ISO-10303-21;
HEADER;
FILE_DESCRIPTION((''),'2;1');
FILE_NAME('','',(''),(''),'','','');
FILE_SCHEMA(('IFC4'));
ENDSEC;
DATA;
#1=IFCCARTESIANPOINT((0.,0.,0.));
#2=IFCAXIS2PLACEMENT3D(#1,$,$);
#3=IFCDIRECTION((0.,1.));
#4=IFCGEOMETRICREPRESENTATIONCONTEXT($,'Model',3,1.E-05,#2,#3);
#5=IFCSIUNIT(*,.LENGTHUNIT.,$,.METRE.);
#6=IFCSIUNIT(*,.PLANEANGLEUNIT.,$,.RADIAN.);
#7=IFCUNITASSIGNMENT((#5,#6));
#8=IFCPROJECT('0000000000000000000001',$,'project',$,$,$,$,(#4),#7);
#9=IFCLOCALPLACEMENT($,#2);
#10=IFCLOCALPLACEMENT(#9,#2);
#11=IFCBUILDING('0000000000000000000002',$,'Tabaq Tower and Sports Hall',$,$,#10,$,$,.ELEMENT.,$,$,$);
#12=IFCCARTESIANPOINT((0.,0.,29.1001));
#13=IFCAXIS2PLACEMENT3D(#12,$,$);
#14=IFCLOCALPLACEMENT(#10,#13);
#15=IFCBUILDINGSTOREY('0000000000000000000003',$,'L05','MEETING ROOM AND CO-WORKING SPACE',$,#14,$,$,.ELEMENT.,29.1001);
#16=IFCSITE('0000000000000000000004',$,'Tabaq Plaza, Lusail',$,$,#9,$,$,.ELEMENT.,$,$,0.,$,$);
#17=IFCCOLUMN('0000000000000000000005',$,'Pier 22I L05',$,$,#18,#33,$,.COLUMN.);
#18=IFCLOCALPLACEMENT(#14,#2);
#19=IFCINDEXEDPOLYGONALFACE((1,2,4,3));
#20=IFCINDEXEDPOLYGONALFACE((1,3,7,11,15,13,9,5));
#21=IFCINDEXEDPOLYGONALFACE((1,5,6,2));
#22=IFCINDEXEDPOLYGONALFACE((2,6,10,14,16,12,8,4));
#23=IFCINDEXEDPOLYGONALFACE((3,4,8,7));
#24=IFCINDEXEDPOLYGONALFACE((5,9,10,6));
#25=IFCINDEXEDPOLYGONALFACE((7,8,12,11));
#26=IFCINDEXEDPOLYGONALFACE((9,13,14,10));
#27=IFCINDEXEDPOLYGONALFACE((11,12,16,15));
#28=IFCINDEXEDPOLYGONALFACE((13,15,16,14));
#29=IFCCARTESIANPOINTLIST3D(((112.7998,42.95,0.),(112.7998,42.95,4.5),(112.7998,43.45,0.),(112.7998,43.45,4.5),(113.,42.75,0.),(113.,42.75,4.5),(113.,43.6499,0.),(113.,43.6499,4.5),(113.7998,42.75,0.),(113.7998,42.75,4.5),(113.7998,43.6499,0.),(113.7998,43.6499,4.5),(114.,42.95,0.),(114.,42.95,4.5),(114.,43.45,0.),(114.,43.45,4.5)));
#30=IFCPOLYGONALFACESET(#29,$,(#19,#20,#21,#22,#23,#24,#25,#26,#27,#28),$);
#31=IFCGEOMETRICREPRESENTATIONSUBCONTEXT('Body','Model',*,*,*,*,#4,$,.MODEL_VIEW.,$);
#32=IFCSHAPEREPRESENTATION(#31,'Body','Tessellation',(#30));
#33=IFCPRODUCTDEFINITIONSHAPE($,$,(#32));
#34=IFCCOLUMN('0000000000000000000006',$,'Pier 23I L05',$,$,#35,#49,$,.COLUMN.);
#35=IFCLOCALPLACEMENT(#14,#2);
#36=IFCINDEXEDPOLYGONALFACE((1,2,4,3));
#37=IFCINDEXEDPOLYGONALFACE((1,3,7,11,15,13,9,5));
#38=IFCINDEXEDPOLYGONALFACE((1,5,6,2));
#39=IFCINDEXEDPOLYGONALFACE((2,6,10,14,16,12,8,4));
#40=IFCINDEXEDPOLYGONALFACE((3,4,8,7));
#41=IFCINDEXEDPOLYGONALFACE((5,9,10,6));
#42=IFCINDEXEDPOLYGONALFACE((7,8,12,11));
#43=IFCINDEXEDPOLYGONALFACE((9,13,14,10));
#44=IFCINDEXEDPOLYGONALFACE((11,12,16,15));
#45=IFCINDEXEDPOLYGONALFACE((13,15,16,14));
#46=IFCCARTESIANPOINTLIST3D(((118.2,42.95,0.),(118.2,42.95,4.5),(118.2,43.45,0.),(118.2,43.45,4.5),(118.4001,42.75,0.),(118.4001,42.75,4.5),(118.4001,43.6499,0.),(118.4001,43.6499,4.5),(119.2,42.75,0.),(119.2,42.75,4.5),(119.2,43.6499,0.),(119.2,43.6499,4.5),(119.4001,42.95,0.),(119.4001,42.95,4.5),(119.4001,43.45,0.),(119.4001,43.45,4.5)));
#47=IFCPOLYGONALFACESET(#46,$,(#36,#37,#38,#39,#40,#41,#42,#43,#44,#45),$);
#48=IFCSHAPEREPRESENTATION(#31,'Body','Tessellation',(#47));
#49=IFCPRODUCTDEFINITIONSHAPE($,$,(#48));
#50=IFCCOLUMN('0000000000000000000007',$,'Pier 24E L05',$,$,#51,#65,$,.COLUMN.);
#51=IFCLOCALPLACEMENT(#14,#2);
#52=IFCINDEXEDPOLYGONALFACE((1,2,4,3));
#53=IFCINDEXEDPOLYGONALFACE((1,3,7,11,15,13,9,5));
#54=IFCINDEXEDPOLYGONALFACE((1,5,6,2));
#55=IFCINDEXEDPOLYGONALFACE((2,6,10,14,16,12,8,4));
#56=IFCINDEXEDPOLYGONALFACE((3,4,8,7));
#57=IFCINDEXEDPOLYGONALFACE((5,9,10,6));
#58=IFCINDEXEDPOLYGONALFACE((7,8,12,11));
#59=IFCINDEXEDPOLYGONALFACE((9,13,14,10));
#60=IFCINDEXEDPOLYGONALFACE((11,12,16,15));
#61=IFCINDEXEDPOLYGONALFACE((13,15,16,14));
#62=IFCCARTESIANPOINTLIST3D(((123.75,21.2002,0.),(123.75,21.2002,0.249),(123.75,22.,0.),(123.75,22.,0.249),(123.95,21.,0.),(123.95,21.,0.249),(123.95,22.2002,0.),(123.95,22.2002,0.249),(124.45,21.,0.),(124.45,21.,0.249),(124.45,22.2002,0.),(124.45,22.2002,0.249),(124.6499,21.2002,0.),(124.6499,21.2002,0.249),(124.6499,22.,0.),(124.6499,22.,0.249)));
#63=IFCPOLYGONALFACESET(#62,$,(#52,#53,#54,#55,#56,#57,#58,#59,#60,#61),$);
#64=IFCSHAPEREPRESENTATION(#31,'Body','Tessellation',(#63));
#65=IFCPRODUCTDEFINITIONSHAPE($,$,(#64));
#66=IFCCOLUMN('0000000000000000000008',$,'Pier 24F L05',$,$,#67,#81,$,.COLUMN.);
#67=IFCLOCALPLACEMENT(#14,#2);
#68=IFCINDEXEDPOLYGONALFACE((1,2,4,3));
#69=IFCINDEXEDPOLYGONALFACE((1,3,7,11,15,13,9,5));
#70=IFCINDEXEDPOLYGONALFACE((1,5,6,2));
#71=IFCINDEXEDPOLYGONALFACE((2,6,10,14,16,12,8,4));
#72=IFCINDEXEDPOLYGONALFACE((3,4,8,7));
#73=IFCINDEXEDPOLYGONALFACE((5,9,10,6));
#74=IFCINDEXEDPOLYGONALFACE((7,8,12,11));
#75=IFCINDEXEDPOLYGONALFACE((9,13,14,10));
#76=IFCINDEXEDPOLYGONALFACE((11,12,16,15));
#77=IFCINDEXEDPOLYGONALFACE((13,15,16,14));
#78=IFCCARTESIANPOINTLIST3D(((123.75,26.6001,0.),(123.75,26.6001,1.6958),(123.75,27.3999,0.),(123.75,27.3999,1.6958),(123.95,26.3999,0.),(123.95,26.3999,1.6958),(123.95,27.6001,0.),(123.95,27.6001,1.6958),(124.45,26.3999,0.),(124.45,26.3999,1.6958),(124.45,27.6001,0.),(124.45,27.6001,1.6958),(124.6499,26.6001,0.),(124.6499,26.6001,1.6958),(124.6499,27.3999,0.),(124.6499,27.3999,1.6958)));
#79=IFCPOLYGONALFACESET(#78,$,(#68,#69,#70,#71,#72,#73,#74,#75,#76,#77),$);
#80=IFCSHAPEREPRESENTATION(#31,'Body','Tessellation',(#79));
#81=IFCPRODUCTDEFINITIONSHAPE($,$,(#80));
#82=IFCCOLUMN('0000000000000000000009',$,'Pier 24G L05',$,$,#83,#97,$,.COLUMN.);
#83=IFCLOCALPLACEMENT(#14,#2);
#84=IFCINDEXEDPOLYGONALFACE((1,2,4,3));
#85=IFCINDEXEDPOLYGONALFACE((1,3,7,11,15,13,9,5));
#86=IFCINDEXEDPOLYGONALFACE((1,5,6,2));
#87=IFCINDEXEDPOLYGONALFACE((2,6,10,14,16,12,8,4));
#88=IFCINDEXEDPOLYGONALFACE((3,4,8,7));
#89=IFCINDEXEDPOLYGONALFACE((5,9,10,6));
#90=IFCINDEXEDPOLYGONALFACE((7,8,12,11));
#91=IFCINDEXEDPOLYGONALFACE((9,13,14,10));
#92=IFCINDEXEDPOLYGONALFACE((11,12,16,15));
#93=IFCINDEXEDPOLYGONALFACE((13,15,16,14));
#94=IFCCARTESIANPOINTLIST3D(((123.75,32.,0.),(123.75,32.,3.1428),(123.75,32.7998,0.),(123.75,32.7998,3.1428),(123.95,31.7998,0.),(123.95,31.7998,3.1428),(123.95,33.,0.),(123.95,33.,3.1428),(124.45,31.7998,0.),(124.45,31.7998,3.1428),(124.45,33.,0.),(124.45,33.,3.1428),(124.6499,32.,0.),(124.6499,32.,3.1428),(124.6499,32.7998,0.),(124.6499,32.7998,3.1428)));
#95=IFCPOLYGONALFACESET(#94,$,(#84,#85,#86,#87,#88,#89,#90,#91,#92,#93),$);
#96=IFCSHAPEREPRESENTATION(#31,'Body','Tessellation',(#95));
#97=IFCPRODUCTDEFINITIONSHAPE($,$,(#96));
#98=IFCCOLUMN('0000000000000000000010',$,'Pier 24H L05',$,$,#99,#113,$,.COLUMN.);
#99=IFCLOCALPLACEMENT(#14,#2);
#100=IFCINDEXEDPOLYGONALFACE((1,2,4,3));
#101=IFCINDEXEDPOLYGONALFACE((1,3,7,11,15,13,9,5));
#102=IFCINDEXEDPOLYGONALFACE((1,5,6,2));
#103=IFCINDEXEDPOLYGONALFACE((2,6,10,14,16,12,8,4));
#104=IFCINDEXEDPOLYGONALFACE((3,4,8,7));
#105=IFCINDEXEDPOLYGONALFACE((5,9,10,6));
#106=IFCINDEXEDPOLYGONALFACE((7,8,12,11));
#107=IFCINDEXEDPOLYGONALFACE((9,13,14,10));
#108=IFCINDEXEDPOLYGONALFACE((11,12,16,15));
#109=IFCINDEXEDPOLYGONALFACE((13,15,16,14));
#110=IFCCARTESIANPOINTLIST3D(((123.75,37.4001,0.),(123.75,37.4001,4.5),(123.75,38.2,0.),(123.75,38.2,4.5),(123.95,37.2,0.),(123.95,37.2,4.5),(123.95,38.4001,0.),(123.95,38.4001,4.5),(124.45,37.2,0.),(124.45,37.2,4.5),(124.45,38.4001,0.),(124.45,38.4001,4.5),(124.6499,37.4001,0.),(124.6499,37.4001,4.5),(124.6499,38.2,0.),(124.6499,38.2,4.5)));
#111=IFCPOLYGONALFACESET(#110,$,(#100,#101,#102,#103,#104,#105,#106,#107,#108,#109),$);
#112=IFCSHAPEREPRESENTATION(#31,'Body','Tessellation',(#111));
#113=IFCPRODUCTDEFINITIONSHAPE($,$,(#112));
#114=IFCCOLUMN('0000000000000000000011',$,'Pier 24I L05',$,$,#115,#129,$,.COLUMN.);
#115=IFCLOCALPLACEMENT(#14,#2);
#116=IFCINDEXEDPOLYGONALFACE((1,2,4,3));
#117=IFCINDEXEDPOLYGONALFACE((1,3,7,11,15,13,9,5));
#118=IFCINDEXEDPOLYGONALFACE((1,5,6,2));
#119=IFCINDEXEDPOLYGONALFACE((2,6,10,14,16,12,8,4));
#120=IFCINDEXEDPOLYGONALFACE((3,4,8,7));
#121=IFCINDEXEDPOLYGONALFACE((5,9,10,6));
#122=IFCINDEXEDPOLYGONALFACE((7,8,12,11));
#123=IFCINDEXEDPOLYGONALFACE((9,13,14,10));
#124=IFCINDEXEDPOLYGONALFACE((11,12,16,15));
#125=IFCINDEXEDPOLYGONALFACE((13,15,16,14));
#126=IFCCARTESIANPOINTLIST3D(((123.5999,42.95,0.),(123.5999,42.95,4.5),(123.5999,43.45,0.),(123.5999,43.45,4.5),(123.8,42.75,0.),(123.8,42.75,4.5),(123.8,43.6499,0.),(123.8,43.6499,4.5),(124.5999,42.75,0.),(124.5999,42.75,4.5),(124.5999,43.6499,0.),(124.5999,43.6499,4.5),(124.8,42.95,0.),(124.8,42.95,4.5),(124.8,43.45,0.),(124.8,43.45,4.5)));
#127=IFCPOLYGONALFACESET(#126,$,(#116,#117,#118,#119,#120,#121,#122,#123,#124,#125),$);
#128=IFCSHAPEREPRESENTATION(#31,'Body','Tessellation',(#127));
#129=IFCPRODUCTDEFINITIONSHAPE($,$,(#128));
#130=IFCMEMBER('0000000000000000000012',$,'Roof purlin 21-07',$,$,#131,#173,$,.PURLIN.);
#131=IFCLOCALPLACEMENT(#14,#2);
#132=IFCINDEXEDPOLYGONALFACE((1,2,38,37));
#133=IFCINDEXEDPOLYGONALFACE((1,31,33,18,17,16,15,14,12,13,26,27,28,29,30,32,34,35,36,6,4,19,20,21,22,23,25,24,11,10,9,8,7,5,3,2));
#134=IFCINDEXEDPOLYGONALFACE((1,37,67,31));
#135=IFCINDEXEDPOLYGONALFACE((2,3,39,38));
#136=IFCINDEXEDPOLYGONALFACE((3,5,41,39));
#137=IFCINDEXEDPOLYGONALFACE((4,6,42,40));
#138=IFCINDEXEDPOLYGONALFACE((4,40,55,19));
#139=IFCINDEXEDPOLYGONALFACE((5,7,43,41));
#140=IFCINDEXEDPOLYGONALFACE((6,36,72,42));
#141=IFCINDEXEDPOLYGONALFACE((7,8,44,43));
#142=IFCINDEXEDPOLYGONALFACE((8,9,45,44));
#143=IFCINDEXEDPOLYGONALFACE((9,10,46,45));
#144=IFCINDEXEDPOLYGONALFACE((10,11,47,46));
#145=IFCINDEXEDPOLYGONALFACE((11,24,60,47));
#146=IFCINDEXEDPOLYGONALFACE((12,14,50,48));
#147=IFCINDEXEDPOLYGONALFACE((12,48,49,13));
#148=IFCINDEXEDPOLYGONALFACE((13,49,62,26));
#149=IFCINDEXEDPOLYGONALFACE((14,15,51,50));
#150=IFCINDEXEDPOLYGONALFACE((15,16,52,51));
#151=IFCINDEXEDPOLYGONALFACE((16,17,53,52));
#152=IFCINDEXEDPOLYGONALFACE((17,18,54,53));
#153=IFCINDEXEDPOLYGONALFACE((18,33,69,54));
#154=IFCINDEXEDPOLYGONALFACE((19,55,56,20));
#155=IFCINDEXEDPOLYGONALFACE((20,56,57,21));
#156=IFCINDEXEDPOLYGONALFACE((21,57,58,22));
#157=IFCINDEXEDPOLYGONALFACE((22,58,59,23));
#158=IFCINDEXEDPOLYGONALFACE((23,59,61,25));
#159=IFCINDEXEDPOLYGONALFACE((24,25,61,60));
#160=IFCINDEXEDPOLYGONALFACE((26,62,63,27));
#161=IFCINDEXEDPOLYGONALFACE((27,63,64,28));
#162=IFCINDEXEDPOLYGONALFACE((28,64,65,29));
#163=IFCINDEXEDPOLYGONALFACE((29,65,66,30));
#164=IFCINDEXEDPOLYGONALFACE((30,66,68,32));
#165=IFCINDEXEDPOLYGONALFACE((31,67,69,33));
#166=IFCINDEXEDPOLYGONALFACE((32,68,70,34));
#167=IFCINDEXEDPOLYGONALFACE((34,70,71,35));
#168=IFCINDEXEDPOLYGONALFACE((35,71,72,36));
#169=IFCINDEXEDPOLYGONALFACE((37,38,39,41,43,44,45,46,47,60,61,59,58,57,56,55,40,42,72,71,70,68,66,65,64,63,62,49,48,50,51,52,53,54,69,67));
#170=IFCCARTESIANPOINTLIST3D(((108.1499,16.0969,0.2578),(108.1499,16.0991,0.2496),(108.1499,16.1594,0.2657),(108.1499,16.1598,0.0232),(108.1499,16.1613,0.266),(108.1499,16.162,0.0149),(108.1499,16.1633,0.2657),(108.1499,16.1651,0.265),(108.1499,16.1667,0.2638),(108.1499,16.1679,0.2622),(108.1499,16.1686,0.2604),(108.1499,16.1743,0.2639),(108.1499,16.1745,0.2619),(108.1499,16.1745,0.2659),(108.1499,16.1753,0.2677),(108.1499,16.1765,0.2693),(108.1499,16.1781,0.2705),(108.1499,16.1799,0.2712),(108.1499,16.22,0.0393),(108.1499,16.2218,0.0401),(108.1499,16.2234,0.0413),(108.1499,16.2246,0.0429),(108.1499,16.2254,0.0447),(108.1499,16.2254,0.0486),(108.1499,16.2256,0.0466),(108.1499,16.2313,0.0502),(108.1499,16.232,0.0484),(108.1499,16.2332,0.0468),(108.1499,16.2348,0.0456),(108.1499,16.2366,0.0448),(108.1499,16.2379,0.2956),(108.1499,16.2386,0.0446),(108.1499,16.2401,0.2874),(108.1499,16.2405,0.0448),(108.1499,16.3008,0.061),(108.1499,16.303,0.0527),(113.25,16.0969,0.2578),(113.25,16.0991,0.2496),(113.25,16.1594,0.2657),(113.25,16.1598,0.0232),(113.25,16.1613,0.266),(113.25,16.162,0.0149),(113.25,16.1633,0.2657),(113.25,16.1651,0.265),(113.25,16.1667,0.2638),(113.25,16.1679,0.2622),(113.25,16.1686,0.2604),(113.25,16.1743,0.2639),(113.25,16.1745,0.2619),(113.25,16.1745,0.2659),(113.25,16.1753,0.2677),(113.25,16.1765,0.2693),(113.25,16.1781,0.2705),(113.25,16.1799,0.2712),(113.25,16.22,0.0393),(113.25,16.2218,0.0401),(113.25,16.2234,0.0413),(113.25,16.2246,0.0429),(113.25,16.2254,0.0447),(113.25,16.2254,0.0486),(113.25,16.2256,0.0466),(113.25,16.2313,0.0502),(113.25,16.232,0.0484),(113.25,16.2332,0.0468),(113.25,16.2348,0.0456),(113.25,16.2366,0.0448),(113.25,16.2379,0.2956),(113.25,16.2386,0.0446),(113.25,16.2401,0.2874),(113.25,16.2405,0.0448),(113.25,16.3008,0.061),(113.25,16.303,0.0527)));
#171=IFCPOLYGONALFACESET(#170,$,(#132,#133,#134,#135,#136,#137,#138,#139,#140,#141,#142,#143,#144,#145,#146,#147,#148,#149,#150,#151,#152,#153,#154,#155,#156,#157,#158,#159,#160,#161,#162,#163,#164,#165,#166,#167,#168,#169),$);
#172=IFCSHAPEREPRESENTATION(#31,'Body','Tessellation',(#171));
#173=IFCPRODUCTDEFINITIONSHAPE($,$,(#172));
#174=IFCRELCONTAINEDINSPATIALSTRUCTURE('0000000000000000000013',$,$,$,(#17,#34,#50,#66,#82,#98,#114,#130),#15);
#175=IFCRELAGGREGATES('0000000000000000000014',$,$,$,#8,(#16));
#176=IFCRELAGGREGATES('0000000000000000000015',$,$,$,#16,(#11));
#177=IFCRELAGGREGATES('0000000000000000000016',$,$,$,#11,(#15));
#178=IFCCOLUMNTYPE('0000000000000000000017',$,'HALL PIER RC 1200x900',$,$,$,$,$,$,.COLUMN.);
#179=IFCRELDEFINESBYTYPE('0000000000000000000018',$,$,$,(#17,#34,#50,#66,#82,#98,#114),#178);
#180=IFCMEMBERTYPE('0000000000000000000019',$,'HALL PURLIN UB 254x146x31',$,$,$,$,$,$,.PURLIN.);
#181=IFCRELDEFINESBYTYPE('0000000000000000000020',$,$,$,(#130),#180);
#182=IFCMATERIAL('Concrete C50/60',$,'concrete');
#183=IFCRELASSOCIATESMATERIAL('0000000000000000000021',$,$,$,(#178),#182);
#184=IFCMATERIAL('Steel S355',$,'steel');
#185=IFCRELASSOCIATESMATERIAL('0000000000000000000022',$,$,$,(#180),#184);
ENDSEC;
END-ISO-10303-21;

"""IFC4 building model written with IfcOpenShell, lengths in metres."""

from ifc_helpers import new_model, si_unit, direction, frame, origin, origin_2d, place, context, subcontext, project, spatial, polyline, i_section, outline, extrude, material, material_profile, profile_set, type_object, element, save


model = new_model("IFC4")

# Units and contexts
model_context = context("Model", 3, precision=1e-05, world=origin(), true_north=direction((0.0, 1.0)))
body_context = subcontext(model_context, "Body", "Model", "MODEL_VIEW")
ifc_project = project(units=[si_unit("LENGTHUNIT", "METRE"), si_unit("PLANEANGLEUNIT", "RADIAN")], contexts=[model_context])

# Site, building, storey
site_placement = place(None, origin())
site = spatial("IfcSite", under=ifc_project, at=site_placement, Name="Tabaq Plaza, Lusail", CompositionType="ELEMENT", RefElevation=0.0)
building_placement = place(site_placement, origin())
building = spatial("IfcBuilding", under=site, at=building_placement, Name="Tabaq Tower and Sports Hall", CompositionType="ELEMENT")
storey_placement = place(building_placement, frame((0.0, 0.0, 29.1001)))
storey = spatial("IfcBuildingStorey", under=building, at=storey_placement, Name="L05", Description="MEETING ROOM AND CO-WORKING SPACE", CompositionType="ELEMENT", Elevation=29.1001)

# Columns
ifc_material_1 = material(Name="Concrete C50/60", Category="concrete")
ifc_material_profile_1 = material_profile(ifc_material_1, outline(polyline([(-0.3999, -0.45), (0.3999, -0.45), (0.6001, -0.25), (0.6001, 0.25), (0.3999, 0.45), (-0.3999, 0.45), (-0.6001, 0.25), (-0.6001, -0.25), (-0.3999, -0.45)])), Name="PIER 1200x900")
ifc_profile_set_1 = profile_set([ifc_material_profile_1], Name="Concrete C50/60")
column_type = type_object("IfcColumnType", Name="HALL PIER RC 1200x900", PredefinedType="COLUMN", material=ifc_profile_set_1)
for number, where, z_axis, x_axis, name in (
    (1, (113.3999, 43.2, 0.0), (0.0, 0.0, 1.0), (1.0, 0.0, 0.0), "Pier 22I L05"),
    (2, (118.8, 43.2, 0.0), (0.0, 0.0, 1.0), (1.0, 0.0, 0.0), "Pier 23I L05"),
):
    element("IfcColumn", number, at=place(storey_placement, frame(where, z_axis=z_axis, x_axis=x_axis)), inside=storey, type_object=column_type, Name=name, PredefinedType="COLUMN", context=body_context, shape_type="SweptSolid", body=[
        extrude(outline(polyline([(-0.3999, -0.45), (0.3999, -0.45), (0.6001, -0.25), (0.6001, 0.25), (0.3999, 0.45), (-0.3999, 0.45), (-0.6001, 0.25), (-0.6001, -0.25), (-0.3999, -0.45)])), origin(), (0.0, 0.0, 1.0), 4.5),
    ])
column_1_placement = place(storey_placement, frame((124.2, 21.6001, 0.0), z_axis=(0.0, 0.0, 1.0), x_axis=(0.0, 1.0, 0.0)))
element("IfcColumn", 3, at=column_1_placement, inside=storey, type_object=column_type, Name="Pier 24E L05", PredefinedType="COLUMN", context=body_context, shape_type="SweptSolid", body=[
    extrude(outline(polyline([(-0.3999, -0.45), (0.3999, -0.45), (0.6001, -0.25), (0.6001, 0.25), (0.3999, 0.45), (-0.3999, 0.45), (-0.6001, 0.25), (-0.6001, -0.25), (-0.3999, -0.45)])), origin(), (0.0, 0.0, 1.0), 0.249),
])
column_2_placement = place(storey_placement, frame((124.2, 27.0, 0.0), z_axis=(0.0, 0.0, 1.0), x_axis=(0.0, 1.0, 0.0)))
element("IfcColumn", 4, at=column_2_placement, inside=storey, type_object=column_type, Name="Pier 24F L05", PredefinedType="COLUMN", context=body_context, shape_type="SweptSolid", body=[
    extrude(outline(polyline([(-0.3999, -0.45), (0.3999, -0.45), (0.6001, -0.25), (0.6001, 0.25), (0.3999, 0.45), (-0.3999, 0.45), (-0.6001, 0.25), (-0.6001, -0.25), (-0.3999, -0.45)])), origin(), (0.0, 0.0, 1.0), 1.6958),
])
column_3_placement = place(storey_placement, frame((124.2, 32.3999, 0.0), z_axis=(0.0, 0.0, 1.0), x_axis=(0.0, 1.0, 0.0)))
element("IfcColumn", 5, at=column_3_placement, inside=storey, type_object=column_type, Name="Pier 24G L05", PredefinedType="COLUMN", context=body_context, shape_type="SweptSolid", body=[
    extrude(outline(polyline([(-0.3999, -0.45), (0.3999, -0.45), (0.6001, -0.25), (0.6001, 0.25), (0.3999, 0.45), (-0.3999, 0.45), (-0.6001, 0.25), (-0.6001, -0.25), (-0.3999, -0.45)])), origin(), (0.0, 0.0, 1.0), 3.1428),
])
for number, where, z_axis, x_axis, name in (
    (6, (124.2, 37.8, 0.0), (0.0, 0.0, 1.0), (0.0, 1.0, 0.0), "Pier 24H L05"),
    (7, (124.2, 43.2, 0.0), (0.0, 0.0, 1.0), (1.0, 0.0, 0.0), "Pier 24I L05"),
):
    element("IfcColumn", number, at=place(storey_placement, frame(where, z_axis=z_axis, x_axis=x_axis)), inside=storey, type_object=column_type, Name=name, PredefinedType="COLUMN", context=body_context, shape_type="SweptSolid", body=[
        extrude(outline(polyline([(-0.3999, -0.45), (0.3999, -0.45), (0.6001, -0.25), (0.6001, 0.25), (0.3999, 0.45), (-0.3999, 0.45), (-0.6001, 0.25), (-0.6001, -0.25), (-0.3999, -0.45)])), origin(), (0.0, 0.0, 1.0), 4.5),
    ])

# Member
ifc_material_2 = material(Name="Steel S355", Category="steel")
ifc_material_profile_2 = material_profile(ifc_material_2, i_section(OverallWidth=0.146, OverallDepth=0.2515, WebThickness=0.0061, FlangeThickness=0.0085, FilletRadius=0.0076, at=origin_2d()), Name="UB 254x146x31")
ifc_profile_set_2 = profile_set([ifc_material_profile_2], Name="Steel S355")
member_type_1 = type_object("IfcMemberType", Name="HALL PURLIN UB 254x146x31", PredefinedType="PURLIN", material=ifc_profile_set_2)
for number, where, z_axis, x_axis, name in (
    (8, (108.1499, 16.2, 0.1553), (1.0, 0.0, 0.0), (0.0, 0.965926, 0.258819), "Roof purlin 21-07"),
):
    element("IfcMember", number, at=place(storey_placement, frame(where, z_axis=z_axis, x_axis=x_axis)), inside=storey, type_object=member_type_1, Name=name, PredefinedType="PURLIN", context=body_context, shape_type="SweptSolid", body=[
        extrude(i_section(OverallWidth=0.146, OverallDepth=0.2515, WebThickness=0.0061, FlangeThickness=0.0085, FilletRadius=0.0076, at=origin_2d()), origin(), (0.0, 0.0, 1.0), 5.1001),
    ])

save(model, "model.ifc")
